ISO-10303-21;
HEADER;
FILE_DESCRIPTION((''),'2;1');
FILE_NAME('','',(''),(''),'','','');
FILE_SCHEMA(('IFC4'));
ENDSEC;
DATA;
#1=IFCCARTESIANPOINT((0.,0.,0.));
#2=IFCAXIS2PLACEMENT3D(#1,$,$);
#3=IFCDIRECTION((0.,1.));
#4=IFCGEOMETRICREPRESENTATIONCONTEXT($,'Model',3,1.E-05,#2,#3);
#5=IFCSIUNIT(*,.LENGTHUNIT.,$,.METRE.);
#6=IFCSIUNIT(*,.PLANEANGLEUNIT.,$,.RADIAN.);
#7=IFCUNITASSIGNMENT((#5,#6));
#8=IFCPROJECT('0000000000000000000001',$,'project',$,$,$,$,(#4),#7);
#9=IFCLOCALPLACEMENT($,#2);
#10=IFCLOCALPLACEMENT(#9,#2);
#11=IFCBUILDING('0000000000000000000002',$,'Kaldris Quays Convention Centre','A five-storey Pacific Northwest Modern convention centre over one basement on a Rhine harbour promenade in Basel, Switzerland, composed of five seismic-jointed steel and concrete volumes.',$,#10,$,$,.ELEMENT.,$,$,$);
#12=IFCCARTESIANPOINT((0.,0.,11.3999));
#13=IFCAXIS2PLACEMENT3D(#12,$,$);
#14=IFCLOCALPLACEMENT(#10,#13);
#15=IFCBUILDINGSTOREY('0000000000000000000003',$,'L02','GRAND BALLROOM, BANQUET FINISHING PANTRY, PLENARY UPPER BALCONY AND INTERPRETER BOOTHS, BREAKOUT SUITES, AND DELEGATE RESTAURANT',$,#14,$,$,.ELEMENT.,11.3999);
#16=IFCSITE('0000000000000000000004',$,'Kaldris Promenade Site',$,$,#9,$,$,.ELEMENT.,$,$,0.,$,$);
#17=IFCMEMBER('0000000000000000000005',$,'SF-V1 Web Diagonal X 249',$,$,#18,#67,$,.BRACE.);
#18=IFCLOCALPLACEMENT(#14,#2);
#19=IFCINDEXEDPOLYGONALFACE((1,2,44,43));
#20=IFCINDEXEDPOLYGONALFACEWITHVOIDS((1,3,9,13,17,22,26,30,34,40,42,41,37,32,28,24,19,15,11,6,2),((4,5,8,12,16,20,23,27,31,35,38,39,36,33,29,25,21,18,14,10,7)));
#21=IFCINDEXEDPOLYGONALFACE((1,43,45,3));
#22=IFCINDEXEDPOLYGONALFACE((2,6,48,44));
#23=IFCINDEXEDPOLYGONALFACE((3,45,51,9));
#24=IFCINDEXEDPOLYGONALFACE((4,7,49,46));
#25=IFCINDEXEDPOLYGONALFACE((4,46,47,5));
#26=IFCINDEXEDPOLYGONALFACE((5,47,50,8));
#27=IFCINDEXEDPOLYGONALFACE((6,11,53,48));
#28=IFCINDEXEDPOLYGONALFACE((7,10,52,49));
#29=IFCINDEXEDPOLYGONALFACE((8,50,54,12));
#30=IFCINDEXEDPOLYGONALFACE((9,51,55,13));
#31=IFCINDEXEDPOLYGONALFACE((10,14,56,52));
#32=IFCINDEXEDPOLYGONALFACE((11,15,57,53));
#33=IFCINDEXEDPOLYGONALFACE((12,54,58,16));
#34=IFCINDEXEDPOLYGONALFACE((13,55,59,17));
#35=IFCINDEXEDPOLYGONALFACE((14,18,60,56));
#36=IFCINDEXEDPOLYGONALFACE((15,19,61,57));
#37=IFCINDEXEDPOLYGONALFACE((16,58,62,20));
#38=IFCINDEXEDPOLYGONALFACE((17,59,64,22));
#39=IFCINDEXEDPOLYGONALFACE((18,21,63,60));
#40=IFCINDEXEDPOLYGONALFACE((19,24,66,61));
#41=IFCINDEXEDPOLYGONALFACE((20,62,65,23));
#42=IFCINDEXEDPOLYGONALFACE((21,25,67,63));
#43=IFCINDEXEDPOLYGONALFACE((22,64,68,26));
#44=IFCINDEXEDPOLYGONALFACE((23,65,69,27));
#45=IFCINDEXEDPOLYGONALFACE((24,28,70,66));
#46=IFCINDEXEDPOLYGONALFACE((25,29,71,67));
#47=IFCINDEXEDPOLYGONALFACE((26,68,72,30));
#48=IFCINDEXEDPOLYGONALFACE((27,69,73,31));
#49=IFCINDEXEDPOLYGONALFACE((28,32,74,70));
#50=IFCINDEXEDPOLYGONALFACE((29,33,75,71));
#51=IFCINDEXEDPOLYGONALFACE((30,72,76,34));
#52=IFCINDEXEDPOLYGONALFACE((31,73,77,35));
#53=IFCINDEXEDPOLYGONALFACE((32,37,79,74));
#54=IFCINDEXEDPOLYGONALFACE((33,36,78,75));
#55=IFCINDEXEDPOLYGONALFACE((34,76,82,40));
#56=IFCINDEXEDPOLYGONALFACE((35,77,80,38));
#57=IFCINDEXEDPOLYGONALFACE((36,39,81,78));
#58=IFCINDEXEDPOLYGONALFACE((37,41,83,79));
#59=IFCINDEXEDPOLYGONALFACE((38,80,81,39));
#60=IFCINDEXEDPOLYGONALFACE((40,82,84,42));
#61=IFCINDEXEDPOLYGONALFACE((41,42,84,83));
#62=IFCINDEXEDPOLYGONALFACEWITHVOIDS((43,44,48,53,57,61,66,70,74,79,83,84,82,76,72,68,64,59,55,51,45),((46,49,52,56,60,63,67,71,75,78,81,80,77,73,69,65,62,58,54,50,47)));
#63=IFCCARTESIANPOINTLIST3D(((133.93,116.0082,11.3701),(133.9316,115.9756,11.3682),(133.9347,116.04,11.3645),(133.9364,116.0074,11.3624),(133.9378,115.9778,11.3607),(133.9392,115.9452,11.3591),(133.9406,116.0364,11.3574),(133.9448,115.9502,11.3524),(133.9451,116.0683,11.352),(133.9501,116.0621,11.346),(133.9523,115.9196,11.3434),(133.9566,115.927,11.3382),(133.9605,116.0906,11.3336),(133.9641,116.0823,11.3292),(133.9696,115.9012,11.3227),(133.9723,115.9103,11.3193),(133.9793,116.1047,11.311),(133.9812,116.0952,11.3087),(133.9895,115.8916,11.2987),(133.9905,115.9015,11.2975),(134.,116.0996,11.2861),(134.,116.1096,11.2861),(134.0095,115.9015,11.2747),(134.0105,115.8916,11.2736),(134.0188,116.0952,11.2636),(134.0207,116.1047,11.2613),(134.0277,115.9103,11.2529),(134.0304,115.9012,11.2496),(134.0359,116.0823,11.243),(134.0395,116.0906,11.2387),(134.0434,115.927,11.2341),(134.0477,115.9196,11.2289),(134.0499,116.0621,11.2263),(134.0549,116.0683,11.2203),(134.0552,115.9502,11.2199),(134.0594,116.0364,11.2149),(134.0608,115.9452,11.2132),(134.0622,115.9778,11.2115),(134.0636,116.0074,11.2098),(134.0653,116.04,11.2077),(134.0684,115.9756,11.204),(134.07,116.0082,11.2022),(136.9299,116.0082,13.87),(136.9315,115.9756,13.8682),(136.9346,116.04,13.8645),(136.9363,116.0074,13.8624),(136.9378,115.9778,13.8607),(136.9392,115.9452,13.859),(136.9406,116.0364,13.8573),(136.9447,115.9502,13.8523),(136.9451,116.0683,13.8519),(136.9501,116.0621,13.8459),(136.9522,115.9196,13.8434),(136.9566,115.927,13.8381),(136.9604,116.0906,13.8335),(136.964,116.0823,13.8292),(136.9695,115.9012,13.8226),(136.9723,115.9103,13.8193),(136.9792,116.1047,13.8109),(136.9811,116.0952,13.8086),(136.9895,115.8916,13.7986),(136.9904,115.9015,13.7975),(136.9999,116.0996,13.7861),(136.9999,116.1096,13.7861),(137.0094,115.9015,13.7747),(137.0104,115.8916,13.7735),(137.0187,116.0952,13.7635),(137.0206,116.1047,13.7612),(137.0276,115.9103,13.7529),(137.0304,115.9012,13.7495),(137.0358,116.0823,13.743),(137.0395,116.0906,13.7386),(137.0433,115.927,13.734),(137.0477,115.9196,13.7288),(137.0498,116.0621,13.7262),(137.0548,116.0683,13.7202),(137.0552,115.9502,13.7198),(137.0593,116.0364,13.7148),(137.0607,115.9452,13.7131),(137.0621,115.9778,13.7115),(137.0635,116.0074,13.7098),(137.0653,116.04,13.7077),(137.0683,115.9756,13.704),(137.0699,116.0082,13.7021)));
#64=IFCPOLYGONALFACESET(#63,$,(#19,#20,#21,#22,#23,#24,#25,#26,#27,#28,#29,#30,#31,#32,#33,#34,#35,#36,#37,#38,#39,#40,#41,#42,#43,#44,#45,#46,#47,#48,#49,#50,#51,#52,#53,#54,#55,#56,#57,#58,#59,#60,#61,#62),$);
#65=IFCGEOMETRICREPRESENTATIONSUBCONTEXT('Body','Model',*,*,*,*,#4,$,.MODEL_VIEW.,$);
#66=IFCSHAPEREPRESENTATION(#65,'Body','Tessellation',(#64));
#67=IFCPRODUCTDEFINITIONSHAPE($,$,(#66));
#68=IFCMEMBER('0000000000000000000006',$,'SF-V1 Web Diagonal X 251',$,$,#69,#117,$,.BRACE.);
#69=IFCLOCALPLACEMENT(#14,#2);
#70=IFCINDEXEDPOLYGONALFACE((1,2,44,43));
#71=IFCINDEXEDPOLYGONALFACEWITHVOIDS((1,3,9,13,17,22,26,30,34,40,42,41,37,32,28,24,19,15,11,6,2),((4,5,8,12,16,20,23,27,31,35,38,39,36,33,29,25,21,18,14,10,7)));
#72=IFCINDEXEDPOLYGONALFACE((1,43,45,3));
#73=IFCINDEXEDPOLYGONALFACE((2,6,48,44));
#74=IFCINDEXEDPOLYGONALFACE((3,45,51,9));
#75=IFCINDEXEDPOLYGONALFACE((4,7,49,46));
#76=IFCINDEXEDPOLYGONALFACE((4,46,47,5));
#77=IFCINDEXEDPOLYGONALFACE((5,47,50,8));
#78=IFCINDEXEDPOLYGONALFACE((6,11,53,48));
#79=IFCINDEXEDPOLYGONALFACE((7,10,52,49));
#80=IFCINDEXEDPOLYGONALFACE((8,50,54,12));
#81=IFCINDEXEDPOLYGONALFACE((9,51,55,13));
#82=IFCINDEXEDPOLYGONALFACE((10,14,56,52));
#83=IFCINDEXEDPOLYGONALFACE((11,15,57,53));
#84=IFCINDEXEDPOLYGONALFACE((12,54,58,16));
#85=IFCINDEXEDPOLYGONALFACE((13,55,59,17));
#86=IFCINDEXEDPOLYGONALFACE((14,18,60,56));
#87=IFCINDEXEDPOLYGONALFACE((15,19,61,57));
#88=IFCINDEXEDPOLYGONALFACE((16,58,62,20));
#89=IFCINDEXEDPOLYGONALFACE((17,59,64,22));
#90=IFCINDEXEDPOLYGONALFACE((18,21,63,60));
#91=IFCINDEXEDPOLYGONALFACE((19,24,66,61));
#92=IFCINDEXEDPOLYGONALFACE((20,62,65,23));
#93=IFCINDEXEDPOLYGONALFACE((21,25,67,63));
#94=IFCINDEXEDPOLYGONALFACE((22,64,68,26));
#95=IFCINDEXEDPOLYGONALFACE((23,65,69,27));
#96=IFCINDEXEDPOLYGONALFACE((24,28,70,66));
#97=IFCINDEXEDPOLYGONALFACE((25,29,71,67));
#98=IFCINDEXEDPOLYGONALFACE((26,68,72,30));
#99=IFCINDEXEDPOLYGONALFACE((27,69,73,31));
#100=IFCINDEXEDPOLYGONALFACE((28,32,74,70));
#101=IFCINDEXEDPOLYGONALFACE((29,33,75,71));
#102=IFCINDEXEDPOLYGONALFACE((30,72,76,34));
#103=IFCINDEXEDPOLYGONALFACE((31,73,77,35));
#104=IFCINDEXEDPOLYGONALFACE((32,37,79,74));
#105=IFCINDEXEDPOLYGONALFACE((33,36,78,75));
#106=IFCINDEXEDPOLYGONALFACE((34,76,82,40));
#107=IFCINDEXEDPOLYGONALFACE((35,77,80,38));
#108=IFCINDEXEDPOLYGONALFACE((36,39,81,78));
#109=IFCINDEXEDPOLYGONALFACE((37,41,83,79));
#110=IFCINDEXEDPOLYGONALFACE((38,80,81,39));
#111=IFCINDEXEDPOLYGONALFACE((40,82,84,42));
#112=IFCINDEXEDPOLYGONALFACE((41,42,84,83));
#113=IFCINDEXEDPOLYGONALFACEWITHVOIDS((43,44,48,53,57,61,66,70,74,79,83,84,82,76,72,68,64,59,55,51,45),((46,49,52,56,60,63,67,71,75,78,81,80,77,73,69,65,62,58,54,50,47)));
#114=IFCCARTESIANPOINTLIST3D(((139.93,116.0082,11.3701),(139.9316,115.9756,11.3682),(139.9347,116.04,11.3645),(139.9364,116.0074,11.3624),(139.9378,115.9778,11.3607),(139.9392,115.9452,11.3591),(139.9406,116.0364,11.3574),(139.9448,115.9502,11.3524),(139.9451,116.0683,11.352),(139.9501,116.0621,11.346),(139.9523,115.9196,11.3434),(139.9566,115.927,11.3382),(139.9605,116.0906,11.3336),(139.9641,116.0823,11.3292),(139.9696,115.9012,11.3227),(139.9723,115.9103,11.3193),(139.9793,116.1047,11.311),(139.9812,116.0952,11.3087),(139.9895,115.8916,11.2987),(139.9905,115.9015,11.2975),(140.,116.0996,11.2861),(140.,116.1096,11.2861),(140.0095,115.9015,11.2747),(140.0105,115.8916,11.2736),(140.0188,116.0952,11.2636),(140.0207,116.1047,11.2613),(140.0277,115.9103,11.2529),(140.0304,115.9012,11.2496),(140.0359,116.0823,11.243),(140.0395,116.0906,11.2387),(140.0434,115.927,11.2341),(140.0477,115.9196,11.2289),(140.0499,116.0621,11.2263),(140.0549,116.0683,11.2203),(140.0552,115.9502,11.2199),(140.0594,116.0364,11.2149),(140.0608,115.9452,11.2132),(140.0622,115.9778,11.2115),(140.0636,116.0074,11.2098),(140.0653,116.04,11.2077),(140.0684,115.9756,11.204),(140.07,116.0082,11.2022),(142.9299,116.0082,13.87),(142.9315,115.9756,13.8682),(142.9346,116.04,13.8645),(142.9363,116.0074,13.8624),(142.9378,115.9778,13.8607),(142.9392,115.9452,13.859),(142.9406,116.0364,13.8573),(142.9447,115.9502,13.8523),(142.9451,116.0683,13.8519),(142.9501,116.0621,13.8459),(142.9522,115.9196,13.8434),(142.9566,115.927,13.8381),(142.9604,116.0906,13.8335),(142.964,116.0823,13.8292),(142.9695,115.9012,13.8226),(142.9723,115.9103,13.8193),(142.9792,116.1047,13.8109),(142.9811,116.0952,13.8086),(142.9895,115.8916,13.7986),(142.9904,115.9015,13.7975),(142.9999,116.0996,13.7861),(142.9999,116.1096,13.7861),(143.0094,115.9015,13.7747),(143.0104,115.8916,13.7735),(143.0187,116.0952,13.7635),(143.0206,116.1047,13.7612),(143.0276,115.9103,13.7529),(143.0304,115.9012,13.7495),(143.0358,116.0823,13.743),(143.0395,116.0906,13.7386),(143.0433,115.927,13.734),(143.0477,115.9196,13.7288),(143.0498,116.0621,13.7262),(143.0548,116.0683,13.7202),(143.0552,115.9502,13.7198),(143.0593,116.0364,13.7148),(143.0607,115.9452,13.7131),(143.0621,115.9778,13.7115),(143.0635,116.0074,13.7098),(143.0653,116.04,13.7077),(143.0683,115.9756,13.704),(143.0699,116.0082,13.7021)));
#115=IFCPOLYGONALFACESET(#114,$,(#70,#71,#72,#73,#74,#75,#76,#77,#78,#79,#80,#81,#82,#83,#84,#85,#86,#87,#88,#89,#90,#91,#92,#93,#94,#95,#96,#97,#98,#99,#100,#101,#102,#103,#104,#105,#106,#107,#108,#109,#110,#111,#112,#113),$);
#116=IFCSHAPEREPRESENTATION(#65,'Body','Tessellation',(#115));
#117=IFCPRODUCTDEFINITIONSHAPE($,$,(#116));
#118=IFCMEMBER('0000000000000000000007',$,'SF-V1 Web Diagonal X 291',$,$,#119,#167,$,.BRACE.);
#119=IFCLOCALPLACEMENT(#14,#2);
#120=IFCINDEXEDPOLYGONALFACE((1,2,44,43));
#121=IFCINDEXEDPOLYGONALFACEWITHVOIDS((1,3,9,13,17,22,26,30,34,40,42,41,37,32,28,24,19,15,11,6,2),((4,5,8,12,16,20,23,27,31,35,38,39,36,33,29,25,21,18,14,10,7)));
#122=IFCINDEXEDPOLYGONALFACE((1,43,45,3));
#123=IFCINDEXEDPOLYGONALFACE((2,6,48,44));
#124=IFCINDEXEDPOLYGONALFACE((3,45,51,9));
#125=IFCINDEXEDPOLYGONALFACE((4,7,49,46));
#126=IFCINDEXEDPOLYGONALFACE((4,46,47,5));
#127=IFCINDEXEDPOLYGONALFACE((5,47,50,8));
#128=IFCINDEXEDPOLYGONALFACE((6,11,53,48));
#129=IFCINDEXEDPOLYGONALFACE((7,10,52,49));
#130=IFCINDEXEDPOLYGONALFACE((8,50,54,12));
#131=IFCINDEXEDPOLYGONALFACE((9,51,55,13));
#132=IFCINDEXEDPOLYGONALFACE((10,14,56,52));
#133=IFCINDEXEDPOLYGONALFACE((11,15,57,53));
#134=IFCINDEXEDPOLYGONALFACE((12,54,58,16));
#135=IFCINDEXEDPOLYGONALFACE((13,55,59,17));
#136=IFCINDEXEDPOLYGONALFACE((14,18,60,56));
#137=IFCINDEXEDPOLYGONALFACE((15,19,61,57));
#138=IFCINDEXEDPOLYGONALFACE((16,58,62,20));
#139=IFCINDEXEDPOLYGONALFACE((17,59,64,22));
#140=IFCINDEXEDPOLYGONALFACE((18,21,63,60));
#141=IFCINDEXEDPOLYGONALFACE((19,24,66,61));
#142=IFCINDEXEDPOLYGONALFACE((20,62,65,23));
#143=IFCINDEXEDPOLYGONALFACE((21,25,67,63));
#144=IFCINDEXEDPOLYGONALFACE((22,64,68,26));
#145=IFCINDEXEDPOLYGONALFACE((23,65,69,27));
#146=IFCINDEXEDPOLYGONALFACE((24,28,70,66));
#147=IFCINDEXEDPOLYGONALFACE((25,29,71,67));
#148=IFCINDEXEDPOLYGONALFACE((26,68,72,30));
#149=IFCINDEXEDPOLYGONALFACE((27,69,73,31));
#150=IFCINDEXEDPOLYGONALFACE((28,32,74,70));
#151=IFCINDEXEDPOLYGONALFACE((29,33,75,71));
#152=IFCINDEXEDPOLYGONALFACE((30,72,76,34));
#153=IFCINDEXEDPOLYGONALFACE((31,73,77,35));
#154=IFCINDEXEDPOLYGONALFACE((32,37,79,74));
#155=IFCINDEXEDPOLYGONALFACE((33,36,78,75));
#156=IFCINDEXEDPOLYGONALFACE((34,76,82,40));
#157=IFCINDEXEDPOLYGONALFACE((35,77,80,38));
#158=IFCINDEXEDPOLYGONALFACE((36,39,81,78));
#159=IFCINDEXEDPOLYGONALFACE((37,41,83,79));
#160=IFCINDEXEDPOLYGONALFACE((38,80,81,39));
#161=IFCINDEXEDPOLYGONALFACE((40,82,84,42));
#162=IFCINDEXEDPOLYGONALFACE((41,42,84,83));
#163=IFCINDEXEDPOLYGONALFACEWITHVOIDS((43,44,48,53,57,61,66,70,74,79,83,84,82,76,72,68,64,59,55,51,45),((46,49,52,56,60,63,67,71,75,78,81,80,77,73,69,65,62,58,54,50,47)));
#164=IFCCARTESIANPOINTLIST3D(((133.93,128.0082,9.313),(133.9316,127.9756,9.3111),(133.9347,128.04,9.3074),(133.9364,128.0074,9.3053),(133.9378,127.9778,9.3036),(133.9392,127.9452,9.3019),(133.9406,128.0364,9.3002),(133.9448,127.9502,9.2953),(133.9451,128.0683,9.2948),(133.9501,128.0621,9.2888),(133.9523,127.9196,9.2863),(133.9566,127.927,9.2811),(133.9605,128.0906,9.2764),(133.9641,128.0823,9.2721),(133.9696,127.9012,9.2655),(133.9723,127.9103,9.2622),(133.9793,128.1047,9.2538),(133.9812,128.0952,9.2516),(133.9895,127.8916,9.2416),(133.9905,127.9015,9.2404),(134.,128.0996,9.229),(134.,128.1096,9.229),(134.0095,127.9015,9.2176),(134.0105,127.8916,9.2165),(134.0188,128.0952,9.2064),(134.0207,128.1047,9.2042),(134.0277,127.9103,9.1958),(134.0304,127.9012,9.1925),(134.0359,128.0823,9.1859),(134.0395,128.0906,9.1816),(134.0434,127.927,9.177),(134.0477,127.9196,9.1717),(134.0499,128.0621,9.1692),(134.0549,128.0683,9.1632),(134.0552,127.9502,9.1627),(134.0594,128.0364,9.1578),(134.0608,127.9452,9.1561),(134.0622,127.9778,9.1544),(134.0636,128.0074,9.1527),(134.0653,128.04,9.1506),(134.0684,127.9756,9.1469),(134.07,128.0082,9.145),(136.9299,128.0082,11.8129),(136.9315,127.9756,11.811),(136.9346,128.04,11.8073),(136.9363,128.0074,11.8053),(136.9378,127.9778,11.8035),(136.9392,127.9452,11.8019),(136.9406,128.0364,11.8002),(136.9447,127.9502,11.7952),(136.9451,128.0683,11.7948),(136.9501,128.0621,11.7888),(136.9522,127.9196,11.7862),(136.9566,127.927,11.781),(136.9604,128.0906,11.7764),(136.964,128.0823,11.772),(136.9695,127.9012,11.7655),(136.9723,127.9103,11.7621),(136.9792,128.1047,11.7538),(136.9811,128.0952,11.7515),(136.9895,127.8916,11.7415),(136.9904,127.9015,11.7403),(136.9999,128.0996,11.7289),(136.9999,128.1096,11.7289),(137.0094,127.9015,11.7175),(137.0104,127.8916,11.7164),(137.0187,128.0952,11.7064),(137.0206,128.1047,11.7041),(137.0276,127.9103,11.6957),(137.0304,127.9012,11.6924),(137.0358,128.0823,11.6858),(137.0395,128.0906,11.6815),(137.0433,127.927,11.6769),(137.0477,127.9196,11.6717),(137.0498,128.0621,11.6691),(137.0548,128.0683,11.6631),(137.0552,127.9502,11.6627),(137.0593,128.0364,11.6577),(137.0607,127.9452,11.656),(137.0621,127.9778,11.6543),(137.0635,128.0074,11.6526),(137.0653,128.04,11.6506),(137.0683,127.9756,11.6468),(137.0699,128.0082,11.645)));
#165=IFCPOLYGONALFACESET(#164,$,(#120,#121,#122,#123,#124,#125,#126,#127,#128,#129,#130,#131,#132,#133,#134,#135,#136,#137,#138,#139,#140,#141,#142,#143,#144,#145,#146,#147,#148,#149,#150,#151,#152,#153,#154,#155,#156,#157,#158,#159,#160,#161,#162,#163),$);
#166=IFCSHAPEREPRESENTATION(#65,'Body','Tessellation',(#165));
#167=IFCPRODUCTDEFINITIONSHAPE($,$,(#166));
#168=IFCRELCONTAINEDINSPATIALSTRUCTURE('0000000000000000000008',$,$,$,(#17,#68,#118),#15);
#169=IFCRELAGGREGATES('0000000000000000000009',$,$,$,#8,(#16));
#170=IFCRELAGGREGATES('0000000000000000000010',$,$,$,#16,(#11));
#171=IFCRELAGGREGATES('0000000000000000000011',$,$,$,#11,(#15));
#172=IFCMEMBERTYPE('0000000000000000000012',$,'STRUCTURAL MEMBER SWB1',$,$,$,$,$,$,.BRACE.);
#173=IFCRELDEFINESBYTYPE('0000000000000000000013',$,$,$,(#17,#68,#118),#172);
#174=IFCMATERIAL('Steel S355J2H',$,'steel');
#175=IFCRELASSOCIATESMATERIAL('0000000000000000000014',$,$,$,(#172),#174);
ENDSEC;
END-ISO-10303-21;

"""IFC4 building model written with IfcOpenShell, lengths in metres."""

from ifc_helpers import new_model, si_unit, direction, frame, origin, origin_2d, place, context, subcontext, project, spatial, hollow_circle, extrude, material, material_profile, profile_set, type_object, element, save


model = new_model("IFC4")

# Units and contexts
model_context = context("Model", 3, precision=1e-05, world=origin(), true_north=direction((0.0, 1.0)))
body_context = subcontext(model_context, "Body", "Model", "MODEL_VIEW")
ifc_project = project(units=[si_unit("LENGTHUNIT", "METRE"), si_unit("PLANEANGLEUNIT", "RADIAN")], contexts=[model_context])

# Site, building, storey
site_placement = place(None, origin())
site = spatial("IfcSite", under=ifc_project, at=site_placement, Name="Kaldris Promenade Site", CompositionType="ELEMENT", RefElevation=0.0)
building_placement = place(site_placement, origin())
building = spatial("IfcBuilding", under=site, at=building_placement, Name="Kaldris Quays Convention Centre", Description="A five-storey Pacific Northwest Modern convention centre over one basement on a Rhine harbour promenade in Basel, Switzerland, composed of five seismic-jointed steel and concrete volumes.", CompositionType="ELEMENT")
storey_placement = place(building_placement, frame((0.0, 0.0, 11.3999)))
storey = spatial("IfcBuildingStorey", under=building, at=storey_placement, Name="L02", Description="GRAND BALLROOM, BANQUET FINISHING PANTRY, PLENARY UPPER BALCONY AND INTERPRETER BOOTHS, BREAKOUT SUITES, AND DELEGATE RESTAURANT", CompositionType="ELEMENT", Elevation=11.3999)

# Members
ifc_material_1 = material(Name="Steel S355J2H", Category="steel")
ifc_material_profile_1 = material_profile(ifc_material_1, hollow_circle(Radius=0.1096, WallThickness=0.01, at=origin_2d()), Name="CHS 219.1x10")
ifc_profile_set_1 = profile_set([ifc_material_profile_1], Name="Steel S355J2H")
member_type_1 = type_object("IfcMemberType", Name="STRUCTURAL MEMBER SWB1", PredefinedType="BRACE", material=ifc_profile_set_1)
for number, where, z_axis, x_axis, name in (
    (1, (134.0, 116.0, 11.2861), (0.768221, 0.0, 0.640184), (0.0, 1.0, 0.0), "SF-V1 Web Diagonal X 249"),
    (2, (140.0, 116.0, 11.2861), (0.768221, 0.0, 0.640184), (0.0, 1.0, 0.0), "SF-V1 Web Diagonal X 251"),
    (3, (134.0, 128.0, 9.229), (0.768221, 0.0, 0.640184), (0.0, 1.0, 0.0), "SF-V1 Web Diagonal X 291"),
):
    element("IfcMember", number, at=place(storey_placement, frame(where, z_axis=z_axis, x_axis=x_axis)), inside=storey, type_object=member_type_1, Name=name, PredefinedType="BRACE", context=body_context, shape_type="SweptSolid", body=[
        extrude(hollow_circle(Radius=0.1096, WallThickness=0.01, at=origin_2d()), origin(), (0.0, 0.0, 1.0), 3.905),
    ])

save(model, "model.ifc")
